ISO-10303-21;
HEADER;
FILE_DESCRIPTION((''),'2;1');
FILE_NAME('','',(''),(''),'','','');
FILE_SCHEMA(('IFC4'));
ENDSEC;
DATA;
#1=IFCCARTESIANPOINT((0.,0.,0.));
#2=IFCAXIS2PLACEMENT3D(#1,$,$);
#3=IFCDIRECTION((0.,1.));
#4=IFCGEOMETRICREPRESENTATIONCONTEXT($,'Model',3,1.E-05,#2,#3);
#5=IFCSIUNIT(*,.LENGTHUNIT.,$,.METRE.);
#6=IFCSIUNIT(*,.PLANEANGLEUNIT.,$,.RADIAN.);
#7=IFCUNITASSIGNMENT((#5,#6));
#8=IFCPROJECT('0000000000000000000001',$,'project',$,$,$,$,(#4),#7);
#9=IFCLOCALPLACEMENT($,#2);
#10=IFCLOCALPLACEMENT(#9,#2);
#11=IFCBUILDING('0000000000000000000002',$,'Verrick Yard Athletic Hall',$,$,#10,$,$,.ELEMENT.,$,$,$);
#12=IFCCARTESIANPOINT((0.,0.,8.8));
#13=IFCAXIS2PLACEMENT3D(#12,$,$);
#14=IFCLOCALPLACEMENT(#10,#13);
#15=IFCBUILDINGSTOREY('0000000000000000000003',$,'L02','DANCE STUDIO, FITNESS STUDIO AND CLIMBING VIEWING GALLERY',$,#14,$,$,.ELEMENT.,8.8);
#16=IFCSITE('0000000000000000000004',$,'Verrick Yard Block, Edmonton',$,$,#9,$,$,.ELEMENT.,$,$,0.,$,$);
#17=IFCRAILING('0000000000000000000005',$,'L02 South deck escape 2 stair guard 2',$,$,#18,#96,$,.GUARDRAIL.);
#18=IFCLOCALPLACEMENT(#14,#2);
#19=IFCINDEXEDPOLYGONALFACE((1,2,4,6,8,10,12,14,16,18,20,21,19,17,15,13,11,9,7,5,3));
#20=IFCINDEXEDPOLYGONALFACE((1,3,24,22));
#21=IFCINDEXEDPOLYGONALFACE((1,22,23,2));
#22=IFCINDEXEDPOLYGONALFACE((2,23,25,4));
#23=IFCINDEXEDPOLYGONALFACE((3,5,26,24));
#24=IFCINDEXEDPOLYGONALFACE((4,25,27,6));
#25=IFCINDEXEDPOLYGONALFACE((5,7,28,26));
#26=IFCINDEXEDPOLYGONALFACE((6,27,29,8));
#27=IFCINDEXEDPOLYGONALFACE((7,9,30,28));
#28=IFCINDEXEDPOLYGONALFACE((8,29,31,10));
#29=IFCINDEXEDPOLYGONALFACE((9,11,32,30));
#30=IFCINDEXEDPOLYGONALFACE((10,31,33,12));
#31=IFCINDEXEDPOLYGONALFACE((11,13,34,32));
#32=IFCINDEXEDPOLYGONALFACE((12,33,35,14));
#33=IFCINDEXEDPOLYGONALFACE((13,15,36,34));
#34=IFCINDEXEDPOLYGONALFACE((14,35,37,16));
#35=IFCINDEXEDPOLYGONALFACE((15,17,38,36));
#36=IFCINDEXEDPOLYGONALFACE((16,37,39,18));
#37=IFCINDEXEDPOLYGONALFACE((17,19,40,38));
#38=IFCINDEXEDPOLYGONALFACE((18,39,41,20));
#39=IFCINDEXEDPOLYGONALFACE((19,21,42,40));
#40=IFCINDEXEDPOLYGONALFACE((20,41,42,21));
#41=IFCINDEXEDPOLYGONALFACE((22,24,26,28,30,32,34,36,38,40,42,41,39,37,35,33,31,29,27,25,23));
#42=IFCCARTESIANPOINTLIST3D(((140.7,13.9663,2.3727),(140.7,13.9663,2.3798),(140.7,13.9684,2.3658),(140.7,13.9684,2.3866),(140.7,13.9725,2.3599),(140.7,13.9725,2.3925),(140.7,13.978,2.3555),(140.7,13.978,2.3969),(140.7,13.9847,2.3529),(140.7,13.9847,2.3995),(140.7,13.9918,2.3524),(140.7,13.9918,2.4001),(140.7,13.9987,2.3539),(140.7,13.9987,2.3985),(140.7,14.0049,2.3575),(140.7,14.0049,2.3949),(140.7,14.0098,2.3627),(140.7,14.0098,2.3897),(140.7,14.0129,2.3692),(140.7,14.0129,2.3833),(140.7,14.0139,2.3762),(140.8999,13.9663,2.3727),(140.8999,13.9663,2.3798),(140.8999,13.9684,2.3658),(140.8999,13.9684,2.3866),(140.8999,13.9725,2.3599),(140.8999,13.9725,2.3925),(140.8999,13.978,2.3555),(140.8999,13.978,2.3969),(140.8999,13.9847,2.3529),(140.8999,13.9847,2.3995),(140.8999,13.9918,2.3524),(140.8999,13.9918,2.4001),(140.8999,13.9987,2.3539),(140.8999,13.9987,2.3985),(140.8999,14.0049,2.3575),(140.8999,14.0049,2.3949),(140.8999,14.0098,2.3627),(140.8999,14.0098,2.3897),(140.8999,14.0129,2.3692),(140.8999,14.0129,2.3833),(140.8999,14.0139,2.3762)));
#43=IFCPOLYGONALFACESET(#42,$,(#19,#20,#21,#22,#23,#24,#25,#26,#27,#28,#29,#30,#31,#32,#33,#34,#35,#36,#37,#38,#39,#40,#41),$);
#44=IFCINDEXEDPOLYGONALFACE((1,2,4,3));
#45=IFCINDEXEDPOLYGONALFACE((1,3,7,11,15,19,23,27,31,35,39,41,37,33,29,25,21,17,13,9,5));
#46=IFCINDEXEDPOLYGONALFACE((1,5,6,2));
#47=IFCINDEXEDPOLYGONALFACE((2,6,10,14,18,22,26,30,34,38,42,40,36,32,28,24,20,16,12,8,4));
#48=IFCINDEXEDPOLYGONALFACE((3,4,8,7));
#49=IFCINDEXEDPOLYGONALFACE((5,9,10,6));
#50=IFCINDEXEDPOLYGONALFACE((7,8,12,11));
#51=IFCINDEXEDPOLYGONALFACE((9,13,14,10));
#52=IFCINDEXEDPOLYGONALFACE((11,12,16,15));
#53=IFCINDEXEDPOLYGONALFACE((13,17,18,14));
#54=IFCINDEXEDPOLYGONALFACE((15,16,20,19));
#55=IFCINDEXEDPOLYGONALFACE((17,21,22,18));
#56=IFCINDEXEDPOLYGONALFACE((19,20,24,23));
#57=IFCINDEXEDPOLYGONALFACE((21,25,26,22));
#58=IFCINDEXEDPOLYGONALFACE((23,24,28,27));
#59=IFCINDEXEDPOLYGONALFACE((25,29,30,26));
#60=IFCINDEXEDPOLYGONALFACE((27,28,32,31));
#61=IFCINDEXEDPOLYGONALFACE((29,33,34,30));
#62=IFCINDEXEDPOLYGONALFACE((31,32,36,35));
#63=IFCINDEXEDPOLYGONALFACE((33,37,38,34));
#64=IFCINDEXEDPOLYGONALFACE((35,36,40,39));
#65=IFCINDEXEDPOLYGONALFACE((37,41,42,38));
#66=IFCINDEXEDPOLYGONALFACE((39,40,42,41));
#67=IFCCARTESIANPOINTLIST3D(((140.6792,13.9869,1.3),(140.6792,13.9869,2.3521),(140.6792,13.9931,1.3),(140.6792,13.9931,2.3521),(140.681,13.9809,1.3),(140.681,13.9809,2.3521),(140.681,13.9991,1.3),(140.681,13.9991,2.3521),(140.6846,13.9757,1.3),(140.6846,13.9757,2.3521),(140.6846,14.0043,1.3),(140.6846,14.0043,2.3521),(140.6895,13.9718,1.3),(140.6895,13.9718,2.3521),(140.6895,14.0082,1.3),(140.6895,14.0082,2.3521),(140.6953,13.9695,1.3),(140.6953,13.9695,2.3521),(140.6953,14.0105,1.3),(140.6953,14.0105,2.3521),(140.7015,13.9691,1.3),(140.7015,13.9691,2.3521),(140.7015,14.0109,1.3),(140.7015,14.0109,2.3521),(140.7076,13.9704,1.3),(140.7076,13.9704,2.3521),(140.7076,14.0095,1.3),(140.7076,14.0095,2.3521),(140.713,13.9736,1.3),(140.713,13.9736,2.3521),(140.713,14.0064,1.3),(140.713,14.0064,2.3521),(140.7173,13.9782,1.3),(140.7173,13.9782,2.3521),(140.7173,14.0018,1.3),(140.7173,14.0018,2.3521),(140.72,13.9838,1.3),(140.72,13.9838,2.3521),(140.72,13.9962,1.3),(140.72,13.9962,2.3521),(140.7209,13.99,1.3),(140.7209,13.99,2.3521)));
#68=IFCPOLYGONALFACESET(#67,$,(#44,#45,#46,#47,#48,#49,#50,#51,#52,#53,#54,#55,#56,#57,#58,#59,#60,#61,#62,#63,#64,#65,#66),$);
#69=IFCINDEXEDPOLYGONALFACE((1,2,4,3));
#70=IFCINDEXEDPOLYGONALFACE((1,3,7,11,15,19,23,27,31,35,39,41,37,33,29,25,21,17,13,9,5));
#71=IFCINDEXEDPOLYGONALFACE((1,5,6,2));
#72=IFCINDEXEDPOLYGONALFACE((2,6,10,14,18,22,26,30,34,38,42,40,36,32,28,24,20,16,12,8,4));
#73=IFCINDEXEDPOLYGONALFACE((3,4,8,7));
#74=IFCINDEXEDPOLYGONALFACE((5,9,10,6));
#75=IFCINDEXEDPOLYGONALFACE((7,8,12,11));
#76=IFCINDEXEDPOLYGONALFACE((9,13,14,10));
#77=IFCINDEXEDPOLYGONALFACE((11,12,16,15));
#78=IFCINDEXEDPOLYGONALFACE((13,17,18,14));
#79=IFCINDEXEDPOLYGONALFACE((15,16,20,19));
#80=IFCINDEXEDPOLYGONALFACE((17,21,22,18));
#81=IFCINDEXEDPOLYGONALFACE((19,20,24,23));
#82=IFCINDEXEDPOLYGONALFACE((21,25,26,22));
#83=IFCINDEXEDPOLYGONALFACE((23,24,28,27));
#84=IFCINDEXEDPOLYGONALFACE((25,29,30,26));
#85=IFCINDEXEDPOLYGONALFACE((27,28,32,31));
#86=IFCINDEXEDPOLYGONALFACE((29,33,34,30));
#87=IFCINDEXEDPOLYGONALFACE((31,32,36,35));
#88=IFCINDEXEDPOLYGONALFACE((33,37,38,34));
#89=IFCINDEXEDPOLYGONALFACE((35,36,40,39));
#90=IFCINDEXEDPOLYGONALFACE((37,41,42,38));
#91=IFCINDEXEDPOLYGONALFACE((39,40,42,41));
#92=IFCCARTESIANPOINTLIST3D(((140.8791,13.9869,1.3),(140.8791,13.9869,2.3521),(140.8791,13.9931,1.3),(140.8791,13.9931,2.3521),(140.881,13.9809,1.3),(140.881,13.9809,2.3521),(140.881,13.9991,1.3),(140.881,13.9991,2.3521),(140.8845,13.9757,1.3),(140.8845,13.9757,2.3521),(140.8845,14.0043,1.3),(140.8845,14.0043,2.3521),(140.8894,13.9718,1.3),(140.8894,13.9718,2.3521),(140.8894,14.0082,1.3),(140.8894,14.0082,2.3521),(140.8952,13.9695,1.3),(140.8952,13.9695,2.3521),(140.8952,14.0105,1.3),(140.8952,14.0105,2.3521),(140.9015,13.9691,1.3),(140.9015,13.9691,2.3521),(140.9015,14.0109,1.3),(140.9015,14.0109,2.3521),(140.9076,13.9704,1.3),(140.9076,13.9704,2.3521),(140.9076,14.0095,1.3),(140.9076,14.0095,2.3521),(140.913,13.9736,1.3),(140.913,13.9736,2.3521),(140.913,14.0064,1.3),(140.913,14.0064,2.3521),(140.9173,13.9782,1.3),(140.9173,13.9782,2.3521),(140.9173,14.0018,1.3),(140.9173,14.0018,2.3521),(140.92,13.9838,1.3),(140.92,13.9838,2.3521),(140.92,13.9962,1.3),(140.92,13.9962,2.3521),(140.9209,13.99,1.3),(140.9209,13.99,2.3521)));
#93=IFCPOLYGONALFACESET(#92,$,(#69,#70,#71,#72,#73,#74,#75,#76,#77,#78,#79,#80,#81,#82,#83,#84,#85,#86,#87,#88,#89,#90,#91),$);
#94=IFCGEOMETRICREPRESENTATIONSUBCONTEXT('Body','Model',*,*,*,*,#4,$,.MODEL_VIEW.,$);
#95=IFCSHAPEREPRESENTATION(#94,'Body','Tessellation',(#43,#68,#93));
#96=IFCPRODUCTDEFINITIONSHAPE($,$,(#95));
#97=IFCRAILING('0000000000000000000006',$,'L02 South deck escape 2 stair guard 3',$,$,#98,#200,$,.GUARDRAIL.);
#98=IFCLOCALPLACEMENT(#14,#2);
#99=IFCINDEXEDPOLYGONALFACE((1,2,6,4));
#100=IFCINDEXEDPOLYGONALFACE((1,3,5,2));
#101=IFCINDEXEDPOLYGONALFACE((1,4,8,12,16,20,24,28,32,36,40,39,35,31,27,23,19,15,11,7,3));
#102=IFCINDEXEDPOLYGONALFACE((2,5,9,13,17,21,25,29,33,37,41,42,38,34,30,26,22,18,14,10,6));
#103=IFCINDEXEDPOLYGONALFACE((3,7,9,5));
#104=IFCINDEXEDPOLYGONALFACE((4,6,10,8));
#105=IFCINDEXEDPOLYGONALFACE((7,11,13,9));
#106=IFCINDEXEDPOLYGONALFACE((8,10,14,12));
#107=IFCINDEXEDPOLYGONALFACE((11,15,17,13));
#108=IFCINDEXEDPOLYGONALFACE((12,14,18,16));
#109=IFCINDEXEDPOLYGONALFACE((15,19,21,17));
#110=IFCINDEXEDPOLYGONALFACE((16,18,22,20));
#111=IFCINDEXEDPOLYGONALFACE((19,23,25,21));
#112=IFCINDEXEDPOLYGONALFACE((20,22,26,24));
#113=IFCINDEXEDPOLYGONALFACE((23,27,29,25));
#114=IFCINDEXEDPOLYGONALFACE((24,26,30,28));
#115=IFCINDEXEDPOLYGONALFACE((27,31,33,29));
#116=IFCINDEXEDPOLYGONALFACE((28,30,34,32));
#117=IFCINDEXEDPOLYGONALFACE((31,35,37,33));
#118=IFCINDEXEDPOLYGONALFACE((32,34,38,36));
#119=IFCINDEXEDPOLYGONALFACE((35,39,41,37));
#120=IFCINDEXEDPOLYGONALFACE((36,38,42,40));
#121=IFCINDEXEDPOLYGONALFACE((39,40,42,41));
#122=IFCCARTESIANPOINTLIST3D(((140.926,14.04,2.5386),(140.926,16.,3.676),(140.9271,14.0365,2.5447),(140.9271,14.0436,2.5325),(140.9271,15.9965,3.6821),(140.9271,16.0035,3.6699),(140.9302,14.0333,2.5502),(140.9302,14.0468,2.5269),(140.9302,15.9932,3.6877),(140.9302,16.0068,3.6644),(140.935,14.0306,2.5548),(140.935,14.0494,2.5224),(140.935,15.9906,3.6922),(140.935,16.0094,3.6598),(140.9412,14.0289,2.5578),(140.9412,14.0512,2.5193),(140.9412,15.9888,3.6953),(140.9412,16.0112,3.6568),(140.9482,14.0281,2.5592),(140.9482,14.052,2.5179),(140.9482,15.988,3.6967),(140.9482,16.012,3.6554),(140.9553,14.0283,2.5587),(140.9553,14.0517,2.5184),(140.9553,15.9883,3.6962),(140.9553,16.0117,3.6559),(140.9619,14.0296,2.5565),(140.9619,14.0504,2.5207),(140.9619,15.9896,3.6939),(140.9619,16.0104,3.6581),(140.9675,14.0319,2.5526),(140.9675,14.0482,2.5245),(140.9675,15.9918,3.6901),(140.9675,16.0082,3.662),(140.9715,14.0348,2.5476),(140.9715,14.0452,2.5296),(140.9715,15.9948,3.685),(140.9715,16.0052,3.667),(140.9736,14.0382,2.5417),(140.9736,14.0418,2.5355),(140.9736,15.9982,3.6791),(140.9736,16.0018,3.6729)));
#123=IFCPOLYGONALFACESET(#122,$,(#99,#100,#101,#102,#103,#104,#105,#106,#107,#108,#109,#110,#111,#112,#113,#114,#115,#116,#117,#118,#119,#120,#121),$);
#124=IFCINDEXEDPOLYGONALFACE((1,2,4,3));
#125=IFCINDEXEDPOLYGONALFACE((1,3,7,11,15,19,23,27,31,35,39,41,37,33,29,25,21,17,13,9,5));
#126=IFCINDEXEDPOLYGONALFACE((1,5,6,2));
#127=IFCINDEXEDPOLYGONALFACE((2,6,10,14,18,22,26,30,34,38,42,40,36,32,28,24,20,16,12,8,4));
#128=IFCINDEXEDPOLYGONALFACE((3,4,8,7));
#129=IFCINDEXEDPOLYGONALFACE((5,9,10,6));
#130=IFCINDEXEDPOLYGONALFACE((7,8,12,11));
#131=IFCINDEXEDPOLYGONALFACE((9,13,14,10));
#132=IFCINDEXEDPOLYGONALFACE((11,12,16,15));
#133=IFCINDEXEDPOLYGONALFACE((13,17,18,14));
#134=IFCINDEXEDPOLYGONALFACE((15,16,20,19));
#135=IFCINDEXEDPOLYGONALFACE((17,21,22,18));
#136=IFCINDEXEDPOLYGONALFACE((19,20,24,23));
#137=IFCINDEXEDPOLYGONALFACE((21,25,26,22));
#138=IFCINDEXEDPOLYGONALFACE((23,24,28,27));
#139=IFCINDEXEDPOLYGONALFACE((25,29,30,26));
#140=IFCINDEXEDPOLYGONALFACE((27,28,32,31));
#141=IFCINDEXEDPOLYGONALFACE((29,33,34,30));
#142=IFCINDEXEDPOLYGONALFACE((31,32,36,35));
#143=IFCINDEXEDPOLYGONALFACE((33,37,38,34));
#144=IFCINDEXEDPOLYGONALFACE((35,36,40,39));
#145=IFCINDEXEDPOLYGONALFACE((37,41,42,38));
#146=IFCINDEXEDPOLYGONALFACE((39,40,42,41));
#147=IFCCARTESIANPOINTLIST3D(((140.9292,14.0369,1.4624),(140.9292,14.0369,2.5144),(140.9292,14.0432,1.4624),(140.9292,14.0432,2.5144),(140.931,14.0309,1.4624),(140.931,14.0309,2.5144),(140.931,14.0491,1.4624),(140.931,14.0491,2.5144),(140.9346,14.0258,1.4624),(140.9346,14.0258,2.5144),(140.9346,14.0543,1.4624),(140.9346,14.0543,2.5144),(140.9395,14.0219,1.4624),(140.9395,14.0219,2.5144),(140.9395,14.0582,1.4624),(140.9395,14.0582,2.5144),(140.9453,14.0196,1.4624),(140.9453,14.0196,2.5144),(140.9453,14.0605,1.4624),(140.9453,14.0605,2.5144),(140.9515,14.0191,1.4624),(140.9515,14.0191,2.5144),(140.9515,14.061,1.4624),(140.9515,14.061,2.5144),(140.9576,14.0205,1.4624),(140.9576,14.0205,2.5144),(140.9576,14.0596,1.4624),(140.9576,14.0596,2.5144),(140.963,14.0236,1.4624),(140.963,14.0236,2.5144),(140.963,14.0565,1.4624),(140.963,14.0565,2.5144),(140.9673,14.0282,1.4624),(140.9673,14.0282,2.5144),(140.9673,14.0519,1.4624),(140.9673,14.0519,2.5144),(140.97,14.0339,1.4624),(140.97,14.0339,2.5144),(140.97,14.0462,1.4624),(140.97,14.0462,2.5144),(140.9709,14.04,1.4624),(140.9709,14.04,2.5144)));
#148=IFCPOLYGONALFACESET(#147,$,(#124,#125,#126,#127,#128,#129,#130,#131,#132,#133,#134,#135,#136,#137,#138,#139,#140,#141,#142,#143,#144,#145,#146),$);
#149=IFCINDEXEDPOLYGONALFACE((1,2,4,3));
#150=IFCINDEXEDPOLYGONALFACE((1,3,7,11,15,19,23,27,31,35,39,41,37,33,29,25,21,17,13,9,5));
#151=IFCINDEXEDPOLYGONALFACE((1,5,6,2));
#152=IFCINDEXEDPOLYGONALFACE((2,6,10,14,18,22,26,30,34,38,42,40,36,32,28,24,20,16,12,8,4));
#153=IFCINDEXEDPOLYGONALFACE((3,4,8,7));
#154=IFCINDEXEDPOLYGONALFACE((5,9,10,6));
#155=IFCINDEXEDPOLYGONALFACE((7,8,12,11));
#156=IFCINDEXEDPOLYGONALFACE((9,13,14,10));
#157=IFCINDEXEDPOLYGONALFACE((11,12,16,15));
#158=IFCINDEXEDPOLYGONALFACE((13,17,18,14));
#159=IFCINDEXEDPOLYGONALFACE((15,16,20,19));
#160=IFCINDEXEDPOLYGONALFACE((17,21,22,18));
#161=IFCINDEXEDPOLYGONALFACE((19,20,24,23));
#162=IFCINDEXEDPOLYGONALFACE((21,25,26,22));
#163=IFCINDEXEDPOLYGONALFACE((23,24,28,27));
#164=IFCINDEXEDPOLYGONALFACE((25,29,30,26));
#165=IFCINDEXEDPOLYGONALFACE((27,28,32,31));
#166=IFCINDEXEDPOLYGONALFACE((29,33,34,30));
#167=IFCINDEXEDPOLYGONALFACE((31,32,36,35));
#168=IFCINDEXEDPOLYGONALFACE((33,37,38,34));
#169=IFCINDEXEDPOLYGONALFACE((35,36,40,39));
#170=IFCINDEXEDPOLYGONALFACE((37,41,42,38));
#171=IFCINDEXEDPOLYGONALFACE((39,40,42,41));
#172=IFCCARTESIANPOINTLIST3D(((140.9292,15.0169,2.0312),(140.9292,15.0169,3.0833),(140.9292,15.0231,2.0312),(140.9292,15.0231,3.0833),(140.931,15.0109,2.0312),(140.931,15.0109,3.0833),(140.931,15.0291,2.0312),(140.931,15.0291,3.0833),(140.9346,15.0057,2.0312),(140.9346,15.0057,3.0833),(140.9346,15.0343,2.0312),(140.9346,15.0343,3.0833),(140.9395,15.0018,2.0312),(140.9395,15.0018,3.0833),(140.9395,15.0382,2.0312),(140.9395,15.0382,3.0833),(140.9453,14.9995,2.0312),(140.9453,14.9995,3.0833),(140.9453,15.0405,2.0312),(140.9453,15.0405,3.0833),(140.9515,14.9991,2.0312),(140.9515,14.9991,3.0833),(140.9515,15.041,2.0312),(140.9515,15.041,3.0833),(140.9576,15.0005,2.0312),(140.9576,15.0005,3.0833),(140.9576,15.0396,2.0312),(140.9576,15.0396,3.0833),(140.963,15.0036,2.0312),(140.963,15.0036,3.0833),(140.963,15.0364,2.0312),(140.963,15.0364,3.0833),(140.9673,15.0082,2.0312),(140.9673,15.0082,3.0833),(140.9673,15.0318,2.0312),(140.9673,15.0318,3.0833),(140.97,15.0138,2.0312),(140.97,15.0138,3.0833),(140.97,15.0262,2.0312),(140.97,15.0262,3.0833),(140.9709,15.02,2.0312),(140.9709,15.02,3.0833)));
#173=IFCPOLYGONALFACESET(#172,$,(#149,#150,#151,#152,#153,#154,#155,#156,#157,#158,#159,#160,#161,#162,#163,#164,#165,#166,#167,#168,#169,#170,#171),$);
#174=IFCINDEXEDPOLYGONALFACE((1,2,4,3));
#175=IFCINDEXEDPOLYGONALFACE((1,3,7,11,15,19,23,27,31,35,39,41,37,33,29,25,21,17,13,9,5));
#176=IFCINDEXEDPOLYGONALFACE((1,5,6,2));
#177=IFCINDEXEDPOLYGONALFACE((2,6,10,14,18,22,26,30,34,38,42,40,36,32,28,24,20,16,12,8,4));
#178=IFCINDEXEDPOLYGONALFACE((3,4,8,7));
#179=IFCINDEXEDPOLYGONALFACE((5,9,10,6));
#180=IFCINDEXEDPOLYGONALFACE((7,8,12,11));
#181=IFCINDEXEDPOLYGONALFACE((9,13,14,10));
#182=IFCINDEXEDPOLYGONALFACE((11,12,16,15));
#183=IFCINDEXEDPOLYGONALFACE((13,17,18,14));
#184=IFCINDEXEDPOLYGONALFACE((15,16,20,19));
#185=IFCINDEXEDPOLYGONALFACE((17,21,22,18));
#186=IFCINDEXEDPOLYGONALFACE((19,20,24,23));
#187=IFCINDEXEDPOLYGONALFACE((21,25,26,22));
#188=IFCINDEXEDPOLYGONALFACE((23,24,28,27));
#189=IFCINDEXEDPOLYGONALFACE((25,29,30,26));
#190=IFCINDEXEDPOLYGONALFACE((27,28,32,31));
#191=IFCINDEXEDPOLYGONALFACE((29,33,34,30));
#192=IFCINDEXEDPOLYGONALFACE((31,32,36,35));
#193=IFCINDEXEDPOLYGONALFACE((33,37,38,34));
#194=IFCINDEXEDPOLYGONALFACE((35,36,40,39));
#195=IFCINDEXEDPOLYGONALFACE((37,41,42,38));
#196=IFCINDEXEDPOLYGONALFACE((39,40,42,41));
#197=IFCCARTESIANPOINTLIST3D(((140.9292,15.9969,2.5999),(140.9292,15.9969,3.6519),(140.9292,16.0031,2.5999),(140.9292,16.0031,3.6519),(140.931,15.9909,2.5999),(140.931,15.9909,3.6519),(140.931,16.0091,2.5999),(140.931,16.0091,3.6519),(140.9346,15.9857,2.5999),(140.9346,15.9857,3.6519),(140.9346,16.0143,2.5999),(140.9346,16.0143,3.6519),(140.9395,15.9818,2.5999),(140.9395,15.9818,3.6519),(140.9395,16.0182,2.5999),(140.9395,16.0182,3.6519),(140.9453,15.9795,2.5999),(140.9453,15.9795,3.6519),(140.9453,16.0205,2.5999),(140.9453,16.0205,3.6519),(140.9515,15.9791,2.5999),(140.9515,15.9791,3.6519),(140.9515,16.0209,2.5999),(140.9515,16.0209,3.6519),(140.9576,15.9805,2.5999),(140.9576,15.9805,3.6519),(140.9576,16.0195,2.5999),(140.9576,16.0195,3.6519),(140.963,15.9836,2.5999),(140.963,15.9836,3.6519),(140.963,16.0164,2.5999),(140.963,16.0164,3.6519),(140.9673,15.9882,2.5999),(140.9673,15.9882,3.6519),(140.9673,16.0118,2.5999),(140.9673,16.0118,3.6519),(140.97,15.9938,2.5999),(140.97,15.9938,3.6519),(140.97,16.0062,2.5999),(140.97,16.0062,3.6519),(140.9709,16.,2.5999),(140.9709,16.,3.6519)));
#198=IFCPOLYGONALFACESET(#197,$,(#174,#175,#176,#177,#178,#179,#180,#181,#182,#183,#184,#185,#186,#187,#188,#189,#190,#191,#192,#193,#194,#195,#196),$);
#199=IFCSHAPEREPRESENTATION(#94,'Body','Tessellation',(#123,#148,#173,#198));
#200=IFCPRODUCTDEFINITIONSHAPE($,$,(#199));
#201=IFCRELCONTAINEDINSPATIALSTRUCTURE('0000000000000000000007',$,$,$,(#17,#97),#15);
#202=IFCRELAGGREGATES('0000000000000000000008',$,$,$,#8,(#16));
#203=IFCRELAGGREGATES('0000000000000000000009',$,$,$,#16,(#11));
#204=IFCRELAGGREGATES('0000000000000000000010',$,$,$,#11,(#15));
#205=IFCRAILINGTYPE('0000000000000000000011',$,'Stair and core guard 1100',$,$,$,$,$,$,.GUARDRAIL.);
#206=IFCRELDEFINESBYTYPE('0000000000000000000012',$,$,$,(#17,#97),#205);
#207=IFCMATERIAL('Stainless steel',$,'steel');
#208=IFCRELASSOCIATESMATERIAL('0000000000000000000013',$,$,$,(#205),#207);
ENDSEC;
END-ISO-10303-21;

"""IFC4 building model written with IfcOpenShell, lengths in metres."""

from ifc_helpers import new_model, si_unit, direction, frame, origin, origin_2d, place, context, subcontext, project, spatial, circle, extrude, material, type_object, element, save


model = new_model("IFC4")

# Units and contexts
model_context = context("Model", 3, precision=1e-05, world=origin(), true_north=direction((0.0, 1.0)))
body_context = subcontext(model_context, "Body", "Model", "MODEL_VIEW")
ifc_project = project(units=[si_unit("LENGTHUNIT", "METRE"), si_unit("PLANEANGLEUNIT", "RADIAN")], contexts=[model_context])

# Site, building, storey
site_placement = place(None, origin())
site = spatial("IfcSite", under=ifc_project, at=site_placement, Name="Verrick Yard Block, Edmonton", CompositionType="ELEMENT", RefElevation=0.0)
building_placement = place(site_placement, origin())
building = spatial("IfcBuilding", under=site, at=building_placement, Name="Verrick Yard Athletic Hall", CompositionType="ELEMENT")
storey_placement = place(building_placement, frame((0.0, 0.0, 8.8)))
storey = spatial("IfcBuildingStorey", under=building, at=storey_placement, Name="L02", Description="DANCE STUDIO, FITNESS STUDIO AND CLIMBING VIEWING GALLERY", CompositionType="ELEMENT", Elevation=8.8)

# Railings
ifc_material_1 = material(Name="Stainless steel", Category="steel")
railing_type_1 = type_object("IfcRailingType", Name="Stair and core guard 1100", PredefinedType="GUARDRAIL", material=ifc_material_1)
railing_1_placement = place(storey_placement, frame((140.7, 13.99, 1.3)))
element("IfcRailing", 1, at=railing_1_placement, inside=storey, type_object=railing_type_1, Name="L02 South deck escape 2 stair guard 2", PredefinedType="GUARDRAIL", context=body_context, shape_type="SweptSolid", body=[
    extrude(circle(Radius=0.0239, at=origin_2d()), frame((0.0, 0.0, 1.0762), z_axis=(1.0, 0.0, 0.0), x_axis=(0.0, 1.0, 0.0)), (0.0, 0.0, 1.0), 0.2),
    extrude(circle(Radius=0.021, at=origin_2d()), origin(), (0.0, 0.0, 1.0), 1.052),
    extrude(circle(Radius=0.021, at=origin_2d()), frame((0.2, 0.0, 0.0)), (0.0, 0.0, 1.0), 1.052),
])
railing_2_placement = place(storey_placement, frame((140.95, 14.04, 1.4624)))
element("IfcRailing", 2, at=railing_2_placement, inside=storey, type_object=railing_type_1, Name="L02 South deck escape 2 stair guard 3", PredefinedType="GUARDRAIL", context=body_context, shape_type="SweptSolid", body=[
    extrude(circle(Radius=0.0239, at=origin_2d()), frame((0.0, 0.0, 1.0762), z_axis=(0.0, 0.864902, 0.501941), x_axis=(-1.0, 0.0, 0.0)), (0.0, 0.0, 1.0), 2.2661),
    extrude(circle(Radius=0.021, at=origin_2d()), origin(), (0.0, 0.0, 1.0), 1.052),
    extrude(circle(Radius=0.021, at=origin_2d()), frame((0.0, 0.98, 0.5688)), (0.0, 0.0, 1.0), 1.052),
    extrude(circle(Radius=0.021, at=origin_2d()), frame((0.0, 1.96, 1.1375)), (0.0, 0.0, 1.0), 1.052),
])

save(model, "model.ifc")
